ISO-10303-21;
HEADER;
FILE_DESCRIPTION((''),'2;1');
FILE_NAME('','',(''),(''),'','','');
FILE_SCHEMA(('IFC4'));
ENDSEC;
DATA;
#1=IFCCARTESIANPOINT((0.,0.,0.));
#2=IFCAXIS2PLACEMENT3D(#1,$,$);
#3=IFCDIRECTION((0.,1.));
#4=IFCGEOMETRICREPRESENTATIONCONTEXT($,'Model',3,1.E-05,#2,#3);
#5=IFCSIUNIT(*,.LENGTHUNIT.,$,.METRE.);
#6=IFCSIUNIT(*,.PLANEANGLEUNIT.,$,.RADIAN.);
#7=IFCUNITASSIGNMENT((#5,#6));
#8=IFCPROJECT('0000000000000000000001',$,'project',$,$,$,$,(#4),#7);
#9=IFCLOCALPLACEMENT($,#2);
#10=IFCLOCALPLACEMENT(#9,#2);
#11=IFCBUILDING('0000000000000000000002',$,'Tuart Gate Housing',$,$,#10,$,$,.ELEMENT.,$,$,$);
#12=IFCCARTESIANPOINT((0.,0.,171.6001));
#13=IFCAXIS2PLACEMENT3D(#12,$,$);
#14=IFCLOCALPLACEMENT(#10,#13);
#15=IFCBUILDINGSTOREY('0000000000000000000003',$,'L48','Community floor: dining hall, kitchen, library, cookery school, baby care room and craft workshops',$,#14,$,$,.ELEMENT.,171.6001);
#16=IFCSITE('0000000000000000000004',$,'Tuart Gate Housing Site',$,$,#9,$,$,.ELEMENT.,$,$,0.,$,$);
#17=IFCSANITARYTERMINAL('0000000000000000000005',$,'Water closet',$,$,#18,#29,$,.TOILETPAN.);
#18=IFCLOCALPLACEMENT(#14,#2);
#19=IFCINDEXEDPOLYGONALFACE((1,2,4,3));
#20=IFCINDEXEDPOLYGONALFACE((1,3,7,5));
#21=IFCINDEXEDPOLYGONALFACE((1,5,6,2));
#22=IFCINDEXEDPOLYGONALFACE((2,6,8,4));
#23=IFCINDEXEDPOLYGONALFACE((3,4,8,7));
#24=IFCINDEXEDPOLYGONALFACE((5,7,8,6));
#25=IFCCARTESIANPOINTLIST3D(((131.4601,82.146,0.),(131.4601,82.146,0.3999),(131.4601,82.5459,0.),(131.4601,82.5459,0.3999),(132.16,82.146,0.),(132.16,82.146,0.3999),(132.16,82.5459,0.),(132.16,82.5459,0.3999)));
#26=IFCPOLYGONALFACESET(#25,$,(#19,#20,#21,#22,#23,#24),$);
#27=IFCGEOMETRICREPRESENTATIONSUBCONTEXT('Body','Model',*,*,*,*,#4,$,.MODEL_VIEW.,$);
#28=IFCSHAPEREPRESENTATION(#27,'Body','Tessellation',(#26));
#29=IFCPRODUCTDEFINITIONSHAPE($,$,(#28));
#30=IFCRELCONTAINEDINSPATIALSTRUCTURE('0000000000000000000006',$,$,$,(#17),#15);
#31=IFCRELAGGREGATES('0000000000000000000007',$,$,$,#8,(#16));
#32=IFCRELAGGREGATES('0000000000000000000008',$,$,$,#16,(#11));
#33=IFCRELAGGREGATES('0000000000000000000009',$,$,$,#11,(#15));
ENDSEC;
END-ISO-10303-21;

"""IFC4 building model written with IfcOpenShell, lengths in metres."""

from ifc_helpers import new_model, si_unit, direction, frame, origin, origin_2d, place, context, subcontext, project, spatial, rectangle, extrude, element, save


model = new_model("IFC4")

# Units and contexts
model_context = context("Model", 3, precision=1e-05, world=origin(), true_north=direction((0.0, 1.0)))
body_context = subcontext(model_context, "Body", "Model", "MODEL_VIEW")
ifc_project = project(units=[si_unit("LENGTHUNIT", "METRE"), si_unit("PLANEANGLEUNIT", "RADIAN")], contexts=[model_context])

# Site, building, storey
site_placement = place(None, origin())
site = spatial("IfcSite", under=ifc_project, at=site_placement, Name="Tuart Gate Housing Site", CompositionType="ELEMENT", RefElevation=0.0)
building_placement = place(site_placement, origin())
building = spatial("IfcBuilding", under=site, at=building_placement, Name="Tuart Gate Housing", CompositionType="ELEMENT")
storey_placement = place(building_placement, frame((0.0, 0.0, 171.6001)))
storey = spatial("IfcBuildingStorey", under=building, at=storey_placement, Name="L48", Description="Community floor: dining hall, kitchen, library, cookery school, baby care room and craft workshops", CompositionType="ELEMENT", Elevation=171.6001)

# Sanitary terminal
sanitary_terminal_placement = place(storey_placement, frame((131.8101, 82.3459, 0.0), z_axis=(0.0, 0.0, 1.0), x_axis=(1.0, 0.0, 0.0)))
element("IfcSanitaryTerminal", 1, at=sanitary_terminal_placement, inside=storey, Name="Water closet", PredefinedType="TOILETPAN", context=body_context, shape_type="SweptSolid", body=[
    extrude(rectangle(XDim=0.7, YDim=0.3999, at=origin_2d()), origin(), (0.0, 0.0, 1.0), 0.3999),
])

save(model, "model.ifc")
